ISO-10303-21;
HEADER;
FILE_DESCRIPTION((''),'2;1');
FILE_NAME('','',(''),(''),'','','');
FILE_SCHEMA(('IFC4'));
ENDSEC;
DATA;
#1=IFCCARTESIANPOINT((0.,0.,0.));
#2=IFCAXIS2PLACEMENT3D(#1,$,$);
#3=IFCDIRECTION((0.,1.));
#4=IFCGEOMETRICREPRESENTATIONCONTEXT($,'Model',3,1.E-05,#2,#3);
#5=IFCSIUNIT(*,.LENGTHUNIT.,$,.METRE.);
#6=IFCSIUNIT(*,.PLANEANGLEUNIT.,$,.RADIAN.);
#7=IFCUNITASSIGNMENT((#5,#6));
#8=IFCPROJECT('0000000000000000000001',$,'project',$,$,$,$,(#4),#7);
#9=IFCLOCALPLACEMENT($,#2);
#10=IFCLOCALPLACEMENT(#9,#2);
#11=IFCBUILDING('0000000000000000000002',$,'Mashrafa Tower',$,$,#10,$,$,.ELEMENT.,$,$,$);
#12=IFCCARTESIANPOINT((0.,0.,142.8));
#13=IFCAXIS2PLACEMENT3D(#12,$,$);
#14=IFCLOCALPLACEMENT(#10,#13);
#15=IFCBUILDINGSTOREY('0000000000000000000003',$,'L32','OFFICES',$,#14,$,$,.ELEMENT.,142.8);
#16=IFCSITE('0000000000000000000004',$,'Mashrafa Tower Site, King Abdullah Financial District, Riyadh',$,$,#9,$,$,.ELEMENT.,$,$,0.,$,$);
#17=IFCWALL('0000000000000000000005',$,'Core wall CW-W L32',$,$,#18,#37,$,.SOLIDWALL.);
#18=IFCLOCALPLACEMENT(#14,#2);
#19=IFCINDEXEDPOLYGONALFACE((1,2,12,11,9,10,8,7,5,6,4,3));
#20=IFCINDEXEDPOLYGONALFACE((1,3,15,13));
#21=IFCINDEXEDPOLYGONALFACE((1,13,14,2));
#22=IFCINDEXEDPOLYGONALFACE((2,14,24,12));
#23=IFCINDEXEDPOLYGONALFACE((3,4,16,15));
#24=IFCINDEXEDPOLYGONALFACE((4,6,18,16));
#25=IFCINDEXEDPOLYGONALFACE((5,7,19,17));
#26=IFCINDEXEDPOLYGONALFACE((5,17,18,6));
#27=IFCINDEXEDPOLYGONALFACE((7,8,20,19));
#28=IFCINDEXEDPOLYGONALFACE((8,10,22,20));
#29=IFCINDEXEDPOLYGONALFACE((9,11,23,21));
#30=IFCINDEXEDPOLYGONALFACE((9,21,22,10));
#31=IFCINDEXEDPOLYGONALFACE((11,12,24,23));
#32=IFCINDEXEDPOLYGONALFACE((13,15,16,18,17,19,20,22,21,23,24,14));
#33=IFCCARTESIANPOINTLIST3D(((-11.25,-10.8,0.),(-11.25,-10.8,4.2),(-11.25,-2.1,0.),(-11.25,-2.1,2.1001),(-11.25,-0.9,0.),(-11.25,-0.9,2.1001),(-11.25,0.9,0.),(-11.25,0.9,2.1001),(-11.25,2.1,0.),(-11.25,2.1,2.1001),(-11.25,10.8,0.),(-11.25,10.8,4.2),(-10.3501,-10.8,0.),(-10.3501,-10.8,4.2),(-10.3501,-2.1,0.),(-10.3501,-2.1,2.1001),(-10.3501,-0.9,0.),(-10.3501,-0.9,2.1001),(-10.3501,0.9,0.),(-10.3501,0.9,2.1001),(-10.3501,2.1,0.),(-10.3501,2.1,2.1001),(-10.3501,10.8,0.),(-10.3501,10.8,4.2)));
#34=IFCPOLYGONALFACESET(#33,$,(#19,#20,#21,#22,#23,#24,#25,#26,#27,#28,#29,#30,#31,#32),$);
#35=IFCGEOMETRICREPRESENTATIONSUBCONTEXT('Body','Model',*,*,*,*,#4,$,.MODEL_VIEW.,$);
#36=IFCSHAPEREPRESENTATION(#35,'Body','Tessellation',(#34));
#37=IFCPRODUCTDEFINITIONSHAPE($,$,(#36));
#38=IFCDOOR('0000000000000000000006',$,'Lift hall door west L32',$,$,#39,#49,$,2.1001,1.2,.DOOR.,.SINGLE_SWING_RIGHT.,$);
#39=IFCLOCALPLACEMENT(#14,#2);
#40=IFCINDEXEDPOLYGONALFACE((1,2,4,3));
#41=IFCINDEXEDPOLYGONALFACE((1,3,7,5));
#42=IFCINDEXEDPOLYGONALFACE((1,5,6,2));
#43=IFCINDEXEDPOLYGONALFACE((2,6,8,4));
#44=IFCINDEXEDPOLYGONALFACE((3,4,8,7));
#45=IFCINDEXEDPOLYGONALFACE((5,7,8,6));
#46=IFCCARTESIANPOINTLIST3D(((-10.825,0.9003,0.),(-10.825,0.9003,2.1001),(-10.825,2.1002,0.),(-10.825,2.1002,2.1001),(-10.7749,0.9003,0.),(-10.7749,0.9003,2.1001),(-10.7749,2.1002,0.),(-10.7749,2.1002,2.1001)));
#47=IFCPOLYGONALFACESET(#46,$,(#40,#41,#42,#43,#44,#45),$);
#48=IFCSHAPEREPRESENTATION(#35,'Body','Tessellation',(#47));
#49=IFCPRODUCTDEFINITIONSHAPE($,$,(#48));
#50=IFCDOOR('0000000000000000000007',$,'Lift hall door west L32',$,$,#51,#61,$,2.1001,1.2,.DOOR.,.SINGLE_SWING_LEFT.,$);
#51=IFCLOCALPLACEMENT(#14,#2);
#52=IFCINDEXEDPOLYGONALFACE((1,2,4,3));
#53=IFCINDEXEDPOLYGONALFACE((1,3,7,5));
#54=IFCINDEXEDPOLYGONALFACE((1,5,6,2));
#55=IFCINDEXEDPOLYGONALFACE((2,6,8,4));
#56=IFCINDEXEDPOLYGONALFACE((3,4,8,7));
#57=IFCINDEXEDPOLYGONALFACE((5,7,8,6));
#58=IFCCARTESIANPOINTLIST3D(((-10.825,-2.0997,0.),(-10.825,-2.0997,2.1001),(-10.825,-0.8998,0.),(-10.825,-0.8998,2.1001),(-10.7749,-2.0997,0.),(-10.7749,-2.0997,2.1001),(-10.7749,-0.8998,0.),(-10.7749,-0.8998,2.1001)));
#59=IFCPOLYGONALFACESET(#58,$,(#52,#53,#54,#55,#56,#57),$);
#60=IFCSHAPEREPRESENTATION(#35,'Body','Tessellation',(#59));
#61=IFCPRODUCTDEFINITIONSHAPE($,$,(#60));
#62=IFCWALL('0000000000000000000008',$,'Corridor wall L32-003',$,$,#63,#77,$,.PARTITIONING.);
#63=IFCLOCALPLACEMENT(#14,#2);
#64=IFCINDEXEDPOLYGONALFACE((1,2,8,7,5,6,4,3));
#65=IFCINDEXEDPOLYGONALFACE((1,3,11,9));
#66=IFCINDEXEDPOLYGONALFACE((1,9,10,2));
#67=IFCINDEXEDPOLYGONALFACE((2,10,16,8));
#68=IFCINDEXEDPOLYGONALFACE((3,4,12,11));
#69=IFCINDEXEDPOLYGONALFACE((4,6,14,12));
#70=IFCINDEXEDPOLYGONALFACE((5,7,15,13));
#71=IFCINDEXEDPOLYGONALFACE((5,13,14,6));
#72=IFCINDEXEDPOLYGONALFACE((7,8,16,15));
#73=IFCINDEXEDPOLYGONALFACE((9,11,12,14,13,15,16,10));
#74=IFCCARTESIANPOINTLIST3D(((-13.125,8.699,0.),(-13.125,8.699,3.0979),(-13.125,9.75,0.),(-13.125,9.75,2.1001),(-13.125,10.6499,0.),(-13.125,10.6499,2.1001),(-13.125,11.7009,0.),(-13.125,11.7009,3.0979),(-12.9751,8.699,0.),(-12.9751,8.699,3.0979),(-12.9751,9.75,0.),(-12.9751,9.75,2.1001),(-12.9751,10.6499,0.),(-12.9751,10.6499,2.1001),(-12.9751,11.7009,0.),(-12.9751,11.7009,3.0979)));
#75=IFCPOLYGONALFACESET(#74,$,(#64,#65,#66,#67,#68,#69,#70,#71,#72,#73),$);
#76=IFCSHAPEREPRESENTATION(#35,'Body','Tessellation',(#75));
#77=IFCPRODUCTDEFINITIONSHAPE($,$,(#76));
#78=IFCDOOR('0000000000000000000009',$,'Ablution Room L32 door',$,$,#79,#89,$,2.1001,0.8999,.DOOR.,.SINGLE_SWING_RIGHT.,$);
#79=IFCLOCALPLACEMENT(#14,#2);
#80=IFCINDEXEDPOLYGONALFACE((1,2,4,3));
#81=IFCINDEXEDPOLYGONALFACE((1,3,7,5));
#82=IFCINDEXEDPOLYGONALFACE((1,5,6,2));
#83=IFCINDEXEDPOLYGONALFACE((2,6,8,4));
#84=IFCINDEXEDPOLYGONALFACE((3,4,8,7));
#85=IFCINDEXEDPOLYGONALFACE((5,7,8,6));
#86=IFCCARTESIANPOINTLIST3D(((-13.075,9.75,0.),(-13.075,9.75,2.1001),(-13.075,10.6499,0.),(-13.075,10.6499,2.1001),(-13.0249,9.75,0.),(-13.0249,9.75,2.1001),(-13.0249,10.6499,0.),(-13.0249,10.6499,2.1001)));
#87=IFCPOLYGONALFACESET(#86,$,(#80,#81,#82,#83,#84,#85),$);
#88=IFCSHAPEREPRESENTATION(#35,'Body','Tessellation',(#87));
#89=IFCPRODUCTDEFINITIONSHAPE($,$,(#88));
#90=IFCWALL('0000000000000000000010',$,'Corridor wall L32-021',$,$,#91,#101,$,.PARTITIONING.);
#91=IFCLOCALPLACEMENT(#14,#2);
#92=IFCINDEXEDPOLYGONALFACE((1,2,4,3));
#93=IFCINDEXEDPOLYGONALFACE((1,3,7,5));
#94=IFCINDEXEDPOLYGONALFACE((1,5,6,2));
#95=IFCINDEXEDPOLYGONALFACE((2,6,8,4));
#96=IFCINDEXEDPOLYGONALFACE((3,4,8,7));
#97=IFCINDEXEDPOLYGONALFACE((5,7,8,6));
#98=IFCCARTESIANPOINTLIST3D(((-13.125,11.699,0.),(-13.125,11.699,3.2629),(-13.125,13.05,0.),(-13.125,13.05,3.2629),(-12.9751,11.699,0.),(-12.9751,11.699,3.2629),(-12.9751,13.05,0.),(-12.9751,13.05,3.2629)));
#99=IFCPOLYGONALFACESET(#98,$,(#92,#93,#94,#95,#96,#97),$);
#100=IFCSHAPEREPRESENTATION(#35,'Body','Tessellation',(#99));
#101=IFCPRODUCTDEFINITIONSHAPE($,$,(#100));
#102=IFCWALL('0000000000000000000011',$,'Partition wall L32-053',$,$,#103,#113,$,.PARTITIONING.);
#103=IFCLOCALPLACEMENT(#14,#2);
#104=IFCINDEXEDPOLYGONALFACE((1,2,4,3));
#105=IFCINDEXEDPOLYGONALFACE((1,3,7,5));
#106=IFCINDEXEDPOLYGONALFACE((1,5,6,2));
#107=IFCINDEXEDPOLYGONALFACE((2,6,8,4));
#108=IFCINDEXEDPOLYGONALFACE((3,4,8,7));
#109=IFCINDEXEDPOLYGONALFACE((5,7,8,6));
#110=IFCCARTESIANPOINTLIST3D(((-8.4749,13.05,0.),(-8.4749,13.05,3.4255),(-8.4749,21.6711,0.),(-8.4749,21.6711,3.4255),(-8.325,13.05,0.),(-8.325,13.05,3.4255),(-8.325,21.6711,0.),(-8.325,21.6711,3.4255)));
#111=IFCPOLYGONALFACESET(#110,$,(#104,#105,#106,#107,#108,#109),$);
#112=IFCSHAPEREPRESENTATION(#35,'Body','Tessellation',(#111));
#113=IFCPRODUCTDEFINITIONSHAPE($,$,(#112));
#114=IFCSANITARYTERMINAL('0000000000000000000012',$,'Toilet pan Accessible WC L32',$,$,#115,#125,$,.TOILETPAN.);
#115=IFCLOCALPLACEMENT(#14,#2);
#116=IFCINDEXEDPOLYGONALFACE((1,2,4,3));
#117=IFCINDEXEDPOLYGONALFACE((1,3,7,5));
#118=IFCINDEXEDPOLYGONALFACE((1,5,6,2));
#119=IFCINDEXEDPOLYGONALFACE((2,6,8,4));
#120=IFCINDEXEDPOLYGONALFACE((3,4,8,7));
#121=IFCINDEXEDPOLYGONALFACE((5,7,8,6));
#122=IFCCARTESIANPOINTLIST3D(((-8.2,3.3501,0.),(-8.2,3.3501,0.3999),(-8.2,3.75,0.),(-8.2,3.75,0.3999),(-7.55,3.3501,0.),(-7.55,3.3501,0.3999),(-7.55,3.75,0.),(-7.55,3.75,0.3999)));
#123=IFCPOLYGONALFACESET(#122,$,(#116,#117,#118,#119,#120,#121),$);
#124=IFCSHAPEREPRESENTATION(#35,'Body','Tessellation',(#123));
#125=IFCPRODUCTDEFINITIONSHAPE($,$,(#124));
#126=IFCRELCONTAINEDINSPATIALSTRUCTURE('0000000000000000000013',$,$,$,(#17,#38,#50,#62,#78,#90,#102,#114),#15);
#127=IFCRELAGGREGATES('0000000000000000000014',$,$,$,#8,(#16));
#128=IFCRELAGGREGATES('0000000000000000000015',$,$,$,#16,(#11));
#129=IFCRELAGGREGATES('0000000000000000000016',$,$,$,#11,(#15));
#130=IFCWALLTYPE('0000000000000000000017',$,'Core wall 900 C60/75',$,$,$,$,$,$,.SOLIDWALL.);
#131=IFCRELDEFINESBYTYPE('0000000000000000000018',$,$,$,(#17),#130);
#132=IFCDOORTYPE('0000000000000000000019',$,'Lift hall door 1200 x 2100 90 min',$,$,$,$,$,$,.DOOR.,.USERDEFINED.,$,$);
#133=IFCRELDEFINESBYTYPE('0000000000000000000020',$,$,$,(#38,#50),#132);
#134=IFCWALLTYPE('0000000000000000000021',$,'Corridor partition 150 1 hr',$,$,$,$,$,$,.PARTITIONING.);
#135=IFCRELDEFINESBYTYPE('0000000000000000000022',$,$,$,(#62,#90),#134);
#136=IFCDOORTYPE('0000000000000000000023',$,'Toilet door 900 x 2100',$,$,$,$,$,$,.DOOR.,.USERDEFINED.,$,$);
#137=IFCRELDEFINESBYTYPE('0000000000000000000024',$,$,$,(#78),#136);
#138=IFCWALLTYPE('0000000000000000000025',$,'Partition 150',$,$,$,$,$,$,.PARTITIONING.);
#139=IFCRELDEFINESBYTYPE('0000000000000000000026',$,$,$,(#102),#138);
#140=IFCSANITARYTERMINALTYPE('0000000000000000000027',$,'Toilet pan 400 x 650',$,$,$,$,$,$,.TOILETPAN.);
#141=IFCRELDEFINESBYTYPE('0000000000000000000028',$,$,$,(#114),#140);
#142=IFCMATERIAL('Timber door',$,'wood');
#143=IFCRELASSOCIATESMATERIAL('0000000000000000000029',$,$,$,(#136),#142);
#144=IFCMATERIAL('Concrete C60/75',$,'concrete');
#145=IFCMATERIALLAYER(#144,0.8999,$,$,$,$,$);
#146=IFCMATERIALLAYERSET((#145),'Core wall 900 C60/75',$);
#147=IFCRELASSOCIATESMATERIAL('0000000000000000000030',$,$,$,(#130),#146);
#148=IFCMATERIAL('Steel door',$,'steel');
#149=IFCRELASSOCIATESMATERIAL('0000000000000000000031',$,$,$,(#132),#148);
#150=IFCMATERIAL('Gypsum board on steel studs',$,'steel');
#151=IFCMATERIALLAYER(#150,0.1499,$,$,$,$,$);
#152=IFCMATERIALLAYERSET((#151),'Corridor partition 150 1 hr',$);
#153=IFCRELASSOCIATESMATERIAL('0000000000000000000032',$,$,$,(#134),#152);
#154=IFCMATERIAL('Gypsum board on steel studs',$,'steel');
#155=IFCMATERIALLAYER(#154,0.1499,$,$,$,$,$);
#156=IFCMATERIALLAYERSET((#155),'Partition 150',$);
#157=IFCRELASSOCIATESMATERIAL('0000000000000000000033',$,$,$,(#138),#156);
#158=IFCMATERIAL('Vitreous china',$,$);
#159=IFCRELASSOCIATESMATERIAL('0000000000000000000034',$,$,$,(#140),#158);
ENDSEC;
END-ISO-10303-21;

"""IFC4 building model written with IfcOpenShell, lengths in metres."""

from ifc_helpers import new_model, si_unit, direction, frame, frame_2d, origin, origin_2d, place, context, subcontext, project, spatial, rectangle, extrude, material, layer, layer_set, type_object, element, fill, save


model = new_model("IFC4")

# Units and contexts
model_context = context("Model", 3, precision=1e-05, world=origin(), true_north=direction((0.0, 1.0)))
body_context = subcontext(model_context, "Body", "Model", "MODEL_VIEW")
ifc_project = project(units=[si_unit("LENGTHUNIT", "METRE"), si_unit("PLANEANGLEUNIT", "RADIAN")], contexts=[model_context])

# Site, building, storey
site_placement = place(None, origin())
site = spatial("IfcSite", under=ifc_project, at=site_placement, Name="Mashrafa Tower Site, King Abdullah Financial District, Riyadh", CompositionType="ELEMENT", RefElevation=0.0)
building_placement = place(site_placement, origin())
building = spatial("IfcBuilding", under=site, at=building_placement, Name="Mashrafa Tower", CompositionType="ELEMENT")
storey_placement = place(building_placement, frame((0.0, 0.0, 142.8)))
storey = spatial("IfcBuildingStorey", under=building, at=storey_placement, Name="L32", Description="OFFICES", CompositionType="ELEMENT", Elevation=142.8)

# Shared definitions
ifc_material_1 = material(Name="Timber door", Category="wood")
door_type_1 = type_object("IfcDoorType", Name="Toilet door 900 x 2100", OperationType="USERDEFINED", PredefinedType="DOOR", material=ifc_material_1)

# Wall, openings, doors
ifc_material_2 = material(Name="Concrete C60/75", Category="concrete")
ifc_layer_1 = layer(ifc_material_2, 0.8999)
ifc_layer_set_1 = layer_set([ifc_layer_1], Name="Core wall 900 C60/75")
wall_type_1 = type_object("IfcWallType", Name="Core wall 900 C60/75", PredefinedType="SOLIDWALL", material=ifc_layer_set_1)
wall_1_placement = place(storey_placement, frame((-10.8, 10.8, 0.0), z_axis=(0.0, 0.0, 1.0), x_axis=(0.0, -1.0, 0.0)))
wall_1 = element("IfcWall", 1, at=wall_1_placement, inside=storey, type_object=wall_type_1, Name="Core wall CW-W L32", PredefinedType="SOLIDWALL", context=body_context, shape_type="SweptSolid", body=[
    extrude(rectangle(XDim=21.6001, YDim=0.8999, at=frame_2d((10.8, 0.0))), origin(), (0.0, 0.0, 1.0), 4.2),
])
opening_1_placement = place(wall_1_placement, frame((8.7, 0.0, 0.0)))
opening_1 = element("IfcOpeningElement", 2, at=opening_1_placement, cuts=wall_1, PredefinedType="OPENING", context=body_context, shape_type="SweptSolid", body=[
    extrude(rectangle(XDim=1.2, YDim=2.1001, at=frame_2d((0.6001, 1.05))), frame((0.0, 0.46, 0.0), z_axis=(0.0, -1.0, 0.0), x_axis=(1.0, 0.0, 0.0)), (0.0, 0.0, 1.0), 0.9199),
])
opening_2_placement = place(wall_1_placement, frame((11.7, 0.0, 0.0)))
opening_2 = element("IfcOpeningElement", 3, at=opening_2_placement, cuts=wall_1, PredefinedType="OPENING", context=body_context, shape_type="SweptSolid", body=[
    extrude(rectangle(XDim=1.2, YDim=2.1001, at=frame_2d((0.6001, 1.05))), frame((0.0, 0.46, 0.0), z_axis=(0.0, -1.0, 0.0), x_axis=(1.0, 0.0, 0.0)), (0.0, 0.0, 1.0), 0.9199),
])
ifc_material_3 = material(Name="Steel door", Category="steel")
door_type_2 = type_object("IfcDoorType", Name="Lift hall door 1200 x 2100 90 min", OperationType="USERDEFINED", PredefinedType="DOOR", material=ifc_material_3)
door_1_placement = place(opening_1_placement, frame((1.2, 0.0, 0.0), z_axis=(0.0, 0.0, 1.0), x_axis=(-1.0, 0.0, 0.0)))
door_1 = element("IfcDoor", 4, at=door_1_placement, inside=storey, type_object=door_type_2, Name="Lift hall door west L32", OperationType="SINGLE_SWING_RIGHT", OverallHeight=2.1001, OverallWidth=1.2, PredefinedType="DOOR", context=body_context, shape_type="SweptSolid", body=[
    extrude(rectangle(XDim=1.2, YDim=2.1001, at=frame_2d((0.6001, 1.05))), frame((0.0, 0.0249, 0.0), z_axis=(0.0, -1.0, 0.0), x_axis=(1.0, 0.0, 0.0)), (0.0, 0.0, 1.0), 0.05),
])
fill(opening_1, door_1)
door_2_placement = place(opening_2_placement, frame((1.2, 0.0, 0.0), z_axis=(0.0, 0.0, 1.0), x_axis=(-1.0, 0.0, 0.0)))
door_2 = element("IfcDoor", 5, at=door_2_placement, inside=storey, type_object=door_type_2, Name="Lift hall door west L32", OperationType="SINGLE_SWING_LEFT", OverallHeight=2.1001, OverallWidth=1.2, PredefinedType="DOOR", context=body_context, shape_type="SweptSolid", body=[
    extrude(rectangle(XDim=1.2, YDim=2.1001, at=frame_2d((0.6001, 1.05))), frame((0.0, 0.0249, 0.0), z_axis=(0.0, -1.0, 0.0), x_axis=(1.0, 0.0, 0.0)), (0.0, 0.0, 1.0), 0.05),
])
fill(opening_2, door_2)

# Wall, opening, door
ifc_material_4 = material(Name="Gypsum board on steel studs", Category="steel")
ifc_layer_2 = layer(ifc_material_4, 0.1499)
ifc_layer_set_2 = layer_set([ifc_layer_2], Name="Corridor partition 150 1 hr")
wall_type_2 = type_object("IfcWallType", Name="Corridor partition 150 1 hr", PredefinedType="PARTITIONING", material=ifc_layer_set_2)
wall_2_placement = place(storey_placement, frame((-13.05, 11.7009, 0.0), z_axis=(0.0, 0.0, 1.0), x_axis=(0.0, -1.0, 0.0)))
wall_2 = element("IfcWall", 6, at=wall_2_placement, inside=storey, type_object=wall_type_2, Name="Corridor wall L32-003", PredefinedType="PARTITIONING", context=body_context, shape_type="SweptSolid", body=[
    extrude(rectangle(XDim=3.002, YDim=0.1499, at=frame_2d((1.501, 0.0))), origin(), (0.0, 0.0, 1.0), 3.0979),
])
opening_3_placement = place(wall_2_placement, frame((1.051, 0.0, 0.0)))
opening_3 = element("IfcOpeningElement", 7, at=opening_3_placement, cuts=wall_2, PredefinedType="OPENING", context=body_context, shape_type="SweptSolid", body=[
    extrude(rectangle(XDim=0.8999, YDim=2.1001, at=frame_2d((0.45, 1.05))), frame((0.0, 0.085, 0.0), z_axis=(0.0, -1.0, 0.0), x_axis=(1.0, 0.0, 0.0)), (0.0, 0.0, 1.0), 0.1699),
])
door_3_placement = place(opening_3_placement, frame((0.8999, 0.0, 0.0), z_axis=(0.0, 0.0, 1.0), x_axis=(-1.0, 0.0, 0.0)))
door_3 = element("IfcDoor", 8, at=door_3_placement, inside=storey, type_object=door_type_1, Name="Ablution Room L32 door", OperationType="SINGLE_SWING_RIGHT", OverallHeight=2.1001, OverallWidth=0.8999, PredefinedType="DOOR", context=body_context, shape_type="SweptSolid", body=[
    extrude(rectangle(XDim=0.8999, YDim=2.1001, at=frame_2d((0.45, 1.05))), frame((0.0, 0.0249, 0.0), z_axis=(0.0, -1.0, 0.0), x_axis=(1.0, 0.0, 0.0)), (0.0, 0.0, 1.0), 0.05),
])
fill(opening_3, door_3)

# Walls
wall_3_placement = place(storey_placement, frame((-13.05, 13.05, 0.0), z_axis=(0.0, 0.0, 1.0), x_axis=(0.0, -1.0, 0.0)))
element("IfcWall", 9, at=wall_3_placement, inside=storey, type_object=wall_type_2, Name="Corridor wall L32-021", PredefinedType="PARTITIONING", context=body_context, shape_type="SweptSolid", body=[
    extrude(rectangle(XDim=1.3511, YDim=0.1499, at=frame_2d((0.6755, 0.0))), origin(), (0.0, 0.0, 1.0), 3.2629),
])
ifc_material_5 = material(Name="Gypsum board on steel studs", Category="steel")
ifc_layer_3 = layer(ifc_material_5, 0.1499)
ifc_layer_set_3 = layer_set([ifc_layer_3], Name="Partition 150")
wall_type_3 = type_object("IfcWallType", Name="Partition 150", PredefinedType="PARTITIONING", material=ifc_layer_set_3)
wall_4_placement = place(storey_placement, frame((-8.3999, 13.05, 0.0), z_axis=(0.0, 0.0, 1.0), x_axis=(0.0, 1.0, 0.0)))
element("IfcWall", 10, at=wall_4_placement, inside=storey, type_object=wall_type_3, Name="Partition wall L32-053", PredefinedType="PARTITIONING", context=body_context, shape_type="SweptSolid", body=[
    extrude(rectangle(XDim=8.6211, YDim=0.1499, at=frame_2d((4.3105, 0.0))), origin(), (0.0, 0.0, 1.0), 3.4255),
])

# Sanitary terminal
ifc_material_6 = material(Name="Vitreous china")
sanitary_terminal_type = type_object("IfcSanitaryTerminalType", Name="Toilet pan 400 x 650", PredefinedType="TOILETPAN", material=ifc_material_6)
sanitary_terminal_placement = place(storey_placement, frame((-7.875, 3.55, 0.0), z_axis=(0.0, 0.0, 1.0), x_axis=(0.0, 1.0, 0.0)))
element("IfcSanitaryTerminal", 11, at=sanitary_terminal_placement, inside=storey, type_object=sanitary_terminal_type, Name="Toilet pan Accessible WC L32", PredefinedType="TOILETPAN", context=body_context, shape_type="SweptSolid", body=[
    extrude(rectangle(XDim=0.3999, YDim=0.6499, at=origin_2d()), origin(), (0.0, 0.0, 1.0), 0.3999),
])

save(model, "model.ifc")
